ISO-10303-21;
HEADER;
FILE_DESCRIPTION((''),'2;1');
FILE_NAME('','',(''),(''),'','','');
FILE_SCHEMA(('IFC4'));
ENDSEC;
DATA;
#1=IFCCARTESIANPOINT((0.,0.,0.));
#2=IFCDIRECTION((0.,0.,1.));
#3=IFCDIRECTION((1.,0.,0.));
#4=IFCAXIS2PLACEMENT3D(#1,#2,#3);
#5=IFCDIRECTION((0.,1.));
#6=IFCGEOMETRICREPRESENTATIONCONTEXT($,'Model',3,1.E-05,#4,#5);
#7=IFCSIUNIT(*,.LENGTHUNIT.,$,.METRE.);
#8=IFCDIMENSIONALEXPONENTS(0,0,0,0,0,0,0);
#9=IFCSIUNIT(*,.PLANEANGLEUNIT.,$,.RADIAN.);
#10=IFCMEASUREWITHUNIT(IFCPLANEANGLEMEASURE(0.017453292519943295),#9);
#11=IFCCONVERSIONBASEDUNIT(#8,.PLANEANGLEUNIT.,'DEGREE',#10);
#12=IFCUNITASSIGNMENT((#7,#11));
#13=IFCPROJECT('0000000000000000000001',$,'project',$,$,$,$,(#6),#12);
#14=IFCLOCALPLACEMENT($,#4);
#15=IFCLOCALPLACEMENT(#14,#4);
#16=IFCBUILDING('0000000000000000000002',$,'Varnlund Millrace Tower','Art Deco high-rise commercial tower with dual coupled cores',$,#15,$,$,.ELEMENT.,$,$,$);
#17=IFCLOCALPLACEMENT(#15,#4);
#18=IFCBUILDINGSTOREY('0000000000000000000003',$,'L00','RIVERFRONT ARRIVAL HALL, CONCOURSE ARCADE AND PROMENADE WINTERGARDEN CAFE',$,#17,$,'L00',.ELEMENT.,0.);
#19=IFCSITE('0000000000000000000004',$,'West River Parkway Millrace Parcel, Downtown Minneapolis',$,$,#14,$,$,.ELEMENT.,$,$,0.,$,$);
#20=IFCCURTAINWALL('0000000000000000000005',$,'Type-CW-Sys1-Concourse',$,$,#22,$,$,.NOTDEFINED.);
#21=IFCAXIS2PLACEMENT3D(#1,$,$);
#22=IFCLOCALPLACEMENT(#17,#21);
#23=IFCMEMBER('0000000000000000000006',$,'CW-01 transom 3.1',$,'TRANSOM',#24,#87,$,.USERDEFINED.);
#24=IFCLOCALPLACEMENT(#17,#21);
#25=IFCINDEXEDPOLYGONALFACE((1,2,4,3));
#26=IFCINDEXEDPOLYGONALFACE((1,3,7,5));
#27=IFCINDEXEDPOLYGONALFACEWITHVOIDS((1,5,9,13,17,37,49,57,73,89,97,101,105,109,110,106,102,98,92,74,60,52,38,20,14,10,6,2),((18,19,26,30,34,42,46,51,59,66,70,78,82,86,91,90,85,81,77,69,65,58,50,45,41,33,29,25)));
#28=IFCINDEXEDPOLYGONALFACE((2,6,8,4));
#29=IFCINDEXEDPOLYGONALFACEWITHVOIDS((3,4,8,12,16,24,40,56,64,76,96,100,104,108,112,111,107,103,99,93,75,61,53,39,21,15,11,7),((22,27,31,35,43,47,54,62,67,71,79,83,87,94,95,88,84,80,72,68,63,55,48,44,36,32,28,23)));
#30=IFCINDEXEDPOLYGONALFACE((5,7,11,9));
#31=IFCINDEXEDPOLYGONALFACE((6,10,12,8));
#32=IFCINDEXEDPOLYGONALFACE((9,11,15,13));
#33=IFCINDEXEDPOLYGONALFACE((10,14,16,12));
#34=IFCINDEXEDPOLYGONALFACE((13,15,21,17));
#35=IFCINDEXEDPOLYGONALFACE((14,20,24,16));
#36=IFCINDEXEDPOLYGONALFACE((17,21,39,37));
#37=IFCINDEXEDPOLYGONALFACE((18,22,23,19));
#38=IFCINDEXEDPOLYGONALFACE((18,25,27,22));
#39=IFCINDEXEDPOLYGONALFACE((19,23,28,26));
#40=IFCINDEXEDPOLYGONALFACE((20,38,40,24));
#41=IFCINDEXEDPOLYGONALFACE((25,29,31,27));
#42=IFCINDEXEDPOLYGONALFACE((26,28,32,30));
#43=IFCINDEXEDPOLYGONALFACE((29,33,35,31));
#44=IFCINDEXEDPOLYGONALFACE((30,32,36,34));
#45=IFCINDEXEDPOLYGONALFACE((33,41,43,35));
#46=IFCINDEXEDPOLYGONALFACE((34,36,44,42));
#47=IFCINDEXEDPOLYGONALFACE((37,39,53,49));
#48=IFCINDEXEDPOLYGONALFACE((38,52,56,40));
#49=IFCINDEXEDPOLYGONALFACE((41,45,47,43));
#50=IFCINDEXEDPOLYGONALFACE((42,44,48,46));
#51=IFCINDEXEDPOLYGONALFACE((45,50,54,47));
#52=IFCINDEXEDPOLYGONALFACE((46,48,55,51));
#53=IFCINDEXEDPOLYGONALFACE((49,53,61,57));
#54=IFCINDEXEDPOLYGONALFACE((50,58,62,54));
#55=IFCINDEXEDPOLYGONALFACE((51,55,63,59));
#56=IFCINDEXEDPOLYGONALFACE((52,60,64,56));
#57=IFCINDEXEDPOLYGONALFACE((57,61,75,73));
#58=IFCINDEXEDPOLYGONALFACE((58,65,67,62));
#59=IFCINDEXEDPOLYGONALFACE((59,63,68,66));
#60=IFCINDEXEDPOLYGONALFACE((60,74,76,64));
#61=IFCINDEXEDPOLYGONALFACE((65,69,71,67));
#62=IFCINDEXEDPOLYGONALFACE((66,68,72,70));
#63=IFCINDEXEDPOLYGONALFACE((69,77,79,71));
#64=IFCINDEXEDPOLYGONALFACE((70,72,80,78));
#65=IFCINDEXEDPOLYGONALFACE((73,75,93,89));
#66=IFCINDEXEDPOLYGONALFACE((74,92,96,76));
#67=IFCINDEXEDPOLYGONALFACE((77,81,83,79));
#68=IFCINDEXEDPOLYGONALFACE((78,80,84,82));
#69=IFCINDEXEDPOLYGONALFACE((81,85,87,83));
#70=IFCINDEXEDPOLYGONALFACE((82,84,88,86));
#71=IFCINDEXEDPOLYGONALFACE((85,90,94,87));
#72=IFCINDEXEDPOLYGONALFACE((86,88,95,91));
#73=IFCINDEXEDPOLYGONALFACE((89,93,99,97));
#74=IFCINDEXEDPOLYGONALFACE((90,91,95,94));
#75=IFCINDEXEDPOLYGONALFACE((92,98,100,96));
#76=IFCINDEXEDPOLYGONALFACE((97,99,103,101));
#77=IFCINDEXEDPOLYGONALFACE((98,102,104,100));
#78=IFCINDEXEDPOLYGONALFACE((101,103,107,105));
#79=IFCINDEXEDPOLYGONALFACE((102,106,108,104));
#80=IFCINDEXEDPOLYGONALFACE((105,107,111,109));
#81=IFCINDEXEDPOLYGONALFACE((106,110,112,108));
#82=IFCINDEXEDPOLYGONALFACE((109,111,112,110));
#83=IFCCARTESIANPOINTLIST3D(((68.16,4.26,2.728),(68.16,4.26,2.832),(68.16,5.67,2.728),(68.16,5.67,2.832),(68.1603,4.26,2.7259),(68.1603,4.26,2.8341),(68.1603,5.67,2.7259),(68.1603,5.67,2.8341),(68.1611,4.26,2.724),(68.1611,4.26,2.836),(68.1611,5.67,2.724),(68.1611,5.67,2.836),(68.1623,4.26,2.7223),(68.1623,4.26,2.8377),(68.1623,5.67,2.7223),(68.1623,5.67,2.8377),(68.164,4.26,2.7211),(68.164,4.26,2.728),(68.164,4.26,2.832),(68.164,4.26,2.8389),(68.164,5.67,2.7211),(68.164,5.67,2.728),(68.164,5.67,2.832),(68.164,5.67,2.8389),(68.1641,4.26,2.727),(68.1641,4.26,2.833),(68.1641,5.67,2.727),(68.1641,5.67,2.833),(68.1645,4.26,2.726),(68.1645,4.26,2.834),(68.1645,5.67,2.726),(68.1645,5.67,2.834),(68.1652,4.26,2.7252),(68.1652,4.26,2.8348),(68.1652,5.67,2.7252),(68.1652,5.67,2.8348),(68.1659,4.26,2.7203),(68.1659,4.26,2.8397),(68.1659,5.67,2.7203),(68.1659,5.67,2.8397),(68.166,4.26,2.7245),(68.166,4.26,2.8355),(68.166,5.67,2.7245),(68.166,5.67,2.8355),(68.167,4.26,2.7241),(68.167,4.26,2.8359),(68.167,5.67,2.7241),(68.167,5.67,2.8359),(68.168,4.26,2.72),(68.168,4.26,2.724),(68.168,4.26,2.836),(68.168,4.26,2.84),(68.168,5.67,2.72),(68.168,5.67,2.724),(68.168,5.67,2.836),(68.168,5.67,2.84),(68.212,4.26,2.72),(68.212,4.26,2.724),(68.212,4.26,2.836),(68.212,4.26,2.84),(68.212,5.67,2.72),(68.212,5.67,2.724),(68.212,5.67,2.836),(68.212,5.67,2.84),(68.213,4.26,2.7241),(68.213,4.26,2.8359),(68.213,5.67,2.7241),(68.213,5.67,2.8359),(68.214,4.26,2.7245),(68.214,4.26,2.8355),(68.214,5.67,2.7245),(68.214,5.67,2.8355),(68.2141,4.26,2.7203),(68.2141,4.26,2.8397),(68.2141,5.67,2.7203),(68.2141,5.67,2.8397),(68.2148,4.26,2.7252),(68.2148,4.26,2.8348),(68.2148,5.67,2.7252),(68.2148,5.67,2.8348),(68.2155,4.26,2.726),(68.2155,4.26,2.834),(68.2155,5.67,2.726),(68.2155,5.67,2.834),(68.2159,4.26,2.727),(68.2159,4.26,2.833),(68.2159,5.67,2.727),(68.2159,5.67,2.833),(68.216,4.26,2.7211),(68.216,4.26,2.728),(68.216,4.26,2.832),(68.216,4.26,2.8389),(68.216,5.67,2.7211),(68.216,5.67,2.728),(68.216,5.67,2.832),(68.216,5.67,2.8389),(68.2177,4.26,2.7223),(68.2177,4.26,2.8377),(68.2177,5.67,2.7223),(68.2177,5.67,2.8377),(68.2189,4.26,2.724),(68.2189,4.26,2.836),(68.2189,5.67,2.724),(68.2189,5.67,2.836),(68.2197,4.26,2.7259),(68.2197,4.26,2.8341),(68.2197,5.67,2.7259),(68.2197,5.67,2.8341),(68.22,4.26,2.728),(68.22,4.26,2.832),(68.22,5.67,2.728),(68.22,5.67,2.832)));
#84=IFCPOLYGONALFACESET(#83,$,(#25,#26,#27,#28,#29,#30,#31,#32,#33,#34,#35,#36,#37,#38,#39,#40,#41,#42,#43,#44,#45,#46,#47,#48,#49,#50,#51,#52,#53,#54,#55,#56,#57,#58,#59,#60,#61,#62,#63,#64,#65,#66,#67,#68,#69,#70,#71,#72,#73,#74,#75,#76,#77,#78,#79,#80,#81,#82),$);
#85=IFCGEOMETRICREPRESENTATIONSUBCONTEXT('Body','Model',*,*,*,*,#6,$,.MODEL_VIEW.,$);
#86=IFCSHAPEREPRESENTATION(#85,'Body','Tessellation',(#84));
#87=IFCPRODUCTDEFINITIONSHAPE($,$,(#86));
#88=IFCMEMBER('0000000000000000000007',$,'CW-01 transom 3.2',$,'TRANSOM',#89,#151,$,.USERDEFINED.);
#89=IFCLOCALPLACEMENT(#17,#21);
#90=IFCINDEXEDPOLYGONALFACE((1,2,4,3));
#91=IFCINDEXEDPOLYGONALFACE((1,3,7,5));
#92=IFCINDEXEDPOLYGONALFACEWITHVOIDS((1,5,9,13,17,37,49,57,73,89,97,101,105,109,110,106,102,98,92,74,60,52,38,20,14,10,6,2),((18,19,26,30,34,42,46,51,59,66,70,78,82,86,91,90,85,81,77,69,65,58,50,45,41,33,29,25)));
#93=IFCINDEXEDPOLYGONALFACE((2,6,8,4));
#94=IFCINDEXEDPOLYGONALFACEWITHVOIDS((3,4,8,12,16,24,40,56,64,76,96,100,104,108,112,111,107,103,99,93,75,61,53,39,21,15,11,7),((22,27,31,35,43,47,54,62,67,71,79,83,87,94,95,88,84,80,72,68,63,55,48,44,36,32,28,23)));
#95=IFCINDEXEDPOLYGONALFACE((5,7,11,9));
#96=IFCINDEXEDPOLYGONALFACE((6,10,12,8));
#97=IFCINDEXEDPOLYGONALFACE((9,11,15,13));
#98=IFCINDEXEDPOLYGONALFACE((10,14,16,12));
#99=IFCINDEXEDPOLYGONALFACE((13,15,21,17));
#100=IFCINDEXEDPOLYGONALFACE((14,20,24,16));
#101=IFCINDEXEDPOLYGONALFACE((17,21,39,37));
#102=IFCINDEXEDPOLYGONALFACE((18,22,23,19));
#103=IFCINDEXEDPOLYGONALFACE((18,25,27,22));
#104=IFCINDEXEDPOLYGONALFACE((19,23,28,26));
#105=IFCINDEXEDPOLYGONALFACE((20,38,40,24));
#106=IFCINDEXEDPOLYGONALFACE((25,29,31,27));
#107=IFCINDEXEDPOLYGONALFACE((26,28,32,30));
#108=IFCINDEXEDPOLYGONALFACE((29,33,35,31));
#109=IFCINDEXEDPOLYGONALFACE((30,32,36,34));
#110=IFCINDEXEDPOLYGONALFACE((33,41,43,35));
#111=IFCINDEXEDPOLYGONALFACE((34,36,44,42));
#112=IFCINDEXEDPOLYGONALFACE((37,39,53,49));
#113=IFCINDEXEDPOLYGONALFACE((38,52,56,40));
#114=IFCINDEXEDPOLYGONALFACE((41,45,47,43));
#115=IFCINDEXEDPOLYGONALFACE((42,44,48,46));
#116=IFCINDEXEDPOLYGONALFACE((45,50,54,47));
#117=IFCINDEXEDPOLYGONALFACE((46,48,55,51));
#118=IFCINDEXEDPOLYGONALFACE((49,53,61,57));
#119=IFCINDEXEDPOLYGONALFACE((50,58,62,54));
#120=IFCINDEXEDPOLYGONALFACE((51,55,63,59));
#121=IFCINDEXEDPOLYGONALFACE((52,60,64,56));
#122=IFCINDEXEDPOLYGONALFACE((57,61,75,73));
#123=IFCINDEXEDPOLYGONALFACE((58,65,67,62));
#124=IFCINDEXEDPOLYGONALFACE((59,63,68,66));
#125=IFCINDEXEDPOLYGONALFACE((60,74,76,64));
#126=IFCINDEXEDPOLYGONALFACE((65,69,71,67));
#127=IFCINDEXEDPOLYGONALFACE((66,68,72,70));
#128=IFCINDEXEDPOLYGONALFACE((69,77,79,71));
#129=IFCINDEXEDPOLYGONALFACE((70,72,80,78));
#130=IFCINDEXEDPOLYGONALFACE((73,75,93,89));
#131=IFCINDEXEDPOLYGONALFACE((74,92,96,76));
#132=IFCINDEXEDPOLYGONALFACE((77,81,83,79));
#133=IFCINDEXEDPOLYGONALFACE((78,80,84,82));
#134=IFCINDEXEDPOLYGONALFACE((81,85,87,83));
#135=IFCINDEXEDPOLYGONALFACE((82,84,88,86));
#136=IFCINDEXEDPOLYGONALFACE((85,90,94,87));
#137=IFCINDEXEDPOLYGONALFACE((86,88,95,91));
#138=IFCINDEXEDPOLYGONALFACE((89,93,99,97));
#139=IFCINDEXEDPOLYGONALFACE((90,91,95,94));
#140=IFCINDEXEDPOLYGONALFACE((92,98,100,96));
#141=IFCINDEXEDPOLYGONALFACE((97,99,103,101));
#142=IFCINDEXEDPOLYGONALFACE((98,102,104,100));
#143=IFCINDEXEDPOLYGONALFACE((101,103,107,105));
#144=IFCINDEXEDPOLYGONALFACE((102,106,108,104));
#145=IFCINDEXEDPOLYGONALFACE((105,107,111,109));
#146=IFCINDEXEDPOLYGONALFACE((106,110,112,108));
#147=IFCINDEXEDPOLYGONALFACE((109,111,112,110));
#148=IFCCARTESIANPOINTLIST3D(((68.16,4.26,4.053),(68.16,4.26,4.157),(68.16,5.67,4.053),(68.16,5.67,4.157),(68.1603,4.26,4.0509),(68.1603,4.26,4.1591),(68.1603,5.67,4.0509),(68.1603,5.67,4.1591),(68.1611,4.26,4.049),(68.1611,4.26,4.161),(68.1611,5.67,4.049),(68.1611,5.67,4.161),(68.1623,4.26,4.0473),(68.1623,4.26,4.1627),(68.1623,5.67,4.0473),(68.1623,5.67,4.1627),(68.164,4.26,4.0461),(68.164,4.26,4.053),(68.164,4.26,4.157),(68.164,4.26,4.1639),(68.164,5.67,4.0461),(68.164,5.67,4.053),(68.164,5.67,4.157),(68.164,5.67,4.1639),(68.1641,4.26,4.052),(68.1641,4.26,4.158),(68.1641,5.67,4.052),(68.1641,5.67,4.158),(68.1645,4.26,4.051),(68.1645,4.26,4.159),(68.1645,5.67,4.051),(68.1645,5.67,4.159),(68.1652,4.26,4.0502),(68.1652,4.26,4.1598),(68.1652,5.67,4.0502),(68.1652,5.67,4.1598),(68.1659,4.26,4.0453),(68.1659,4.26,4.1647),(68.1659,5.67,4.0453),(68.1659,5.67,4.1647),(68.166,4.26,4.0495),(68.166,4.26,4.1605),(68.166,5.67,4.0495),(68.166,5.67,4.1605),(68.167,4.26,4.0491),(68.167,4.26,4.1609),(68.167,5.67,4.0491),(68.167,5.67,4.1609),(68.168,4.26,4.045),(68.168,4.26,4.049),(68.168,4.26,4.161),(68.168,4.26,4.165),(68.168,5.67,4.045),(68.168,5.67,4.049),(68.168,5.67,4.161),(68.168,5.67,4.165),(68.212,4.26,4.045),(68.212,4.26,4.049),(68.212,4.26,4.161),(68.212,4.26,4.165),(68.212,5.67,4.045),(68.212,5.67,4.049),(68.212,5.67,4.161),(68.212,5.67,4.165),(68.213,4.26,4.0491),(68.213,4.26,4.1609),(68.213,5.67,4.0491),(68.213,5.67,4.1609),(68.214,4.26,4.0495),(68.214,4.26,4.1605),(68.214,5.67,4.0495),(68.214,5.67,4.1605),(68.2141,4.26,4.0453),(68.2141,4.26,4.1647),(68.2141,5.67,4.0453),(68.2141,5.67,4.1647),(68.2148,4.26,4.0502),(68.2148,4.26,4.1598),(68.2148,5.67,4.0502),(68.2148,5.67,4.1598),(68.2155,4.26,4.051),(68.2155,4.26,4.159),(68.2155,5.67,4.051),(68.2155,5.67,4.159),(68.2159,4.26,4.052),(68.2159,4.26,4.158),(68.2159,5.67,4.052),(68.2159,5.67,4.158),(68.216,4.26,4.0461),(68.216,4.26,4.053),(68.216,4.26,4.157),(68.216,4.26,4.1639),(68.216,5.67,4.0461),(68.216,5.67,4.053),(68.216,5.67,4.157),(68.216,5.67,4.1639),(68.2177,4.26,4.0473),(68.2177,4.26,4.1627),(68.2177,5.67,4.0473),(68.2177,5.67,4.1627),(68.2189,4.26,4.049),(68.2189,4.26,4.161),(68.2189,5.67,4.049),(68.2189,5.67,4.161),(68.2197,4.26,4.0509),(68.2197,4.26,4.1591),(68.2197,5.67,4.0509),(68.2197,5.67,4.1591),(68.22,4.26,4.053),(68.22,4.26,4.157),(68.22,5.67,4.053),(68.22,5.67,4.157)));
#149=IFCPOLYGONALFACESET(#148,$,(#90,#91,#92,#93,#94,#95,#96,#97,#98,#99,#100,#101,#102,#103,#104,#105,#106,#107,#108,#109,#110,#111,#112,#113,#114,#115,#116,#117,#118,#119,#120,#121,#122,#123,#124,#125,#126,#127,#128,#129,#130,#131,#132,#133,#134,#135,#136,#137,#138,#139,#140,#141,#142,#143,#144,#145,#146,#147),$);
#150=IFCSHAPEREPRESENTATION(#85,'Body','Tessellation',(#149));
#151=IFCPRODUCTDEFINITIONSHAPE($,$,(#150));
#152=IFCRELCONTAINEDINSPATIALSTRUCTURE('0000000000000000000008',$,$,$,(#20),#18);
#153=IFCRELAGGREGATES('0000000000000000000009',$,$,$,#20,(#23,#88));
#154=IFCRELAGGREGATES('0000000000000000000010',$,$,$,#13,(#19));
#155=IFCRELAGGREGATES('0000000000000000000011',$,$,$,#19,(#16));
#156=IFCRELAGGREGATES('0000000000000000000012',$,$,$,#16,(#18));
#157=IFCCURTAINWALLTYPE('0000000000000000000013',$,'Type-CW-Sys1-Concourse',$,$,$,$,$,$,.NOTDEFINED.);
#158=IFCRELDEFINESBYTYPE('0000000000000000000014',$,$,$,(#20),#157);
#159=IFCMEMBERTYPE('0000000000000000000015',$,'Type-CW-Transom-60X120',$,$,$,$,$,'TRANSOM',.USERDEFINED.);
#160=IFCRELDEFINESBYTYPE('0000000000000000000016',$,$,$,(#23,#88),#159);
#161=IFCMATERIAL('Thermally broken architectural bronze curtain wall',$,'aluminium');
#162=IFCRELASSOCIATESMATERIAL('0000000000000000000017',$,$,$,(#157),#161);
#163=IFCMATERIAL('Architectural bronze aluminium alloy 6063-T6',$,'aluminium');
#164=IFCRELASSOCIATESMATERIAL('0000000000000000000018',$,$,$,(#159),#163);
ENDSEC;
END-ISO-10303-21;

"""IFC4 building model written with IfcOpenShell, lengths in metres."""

from ifc_helpers import new_model, entity, si_unit, converted_unit, direction, frame, origin_with_axes, origin_2d_with_axis, place, context, subcontext, project, spatial, hollow_rectangle, extrude, material, material_profile, profile_set, type_object, element, aggregate, save


model = new_model("IFC4")

# Units and contexts
model_context = context("Model", 3, precision=1e-05, world=origin_with_axes(), true_north=direction((0.0, 1.0)))
body_context = subcontext(model_context, "Body", "Model", "MODEL_VIEW")
ifc_project = project(units=[si_unit("LENGTHUNIT", "METRE"), converted_unit("PLANEANGLEUNIT", "DEGREE", entity("IfcPlaneAngleMeasure", 0.017453292519943295), si_unit("PLANEANGLEUNIT", "RADIAN"), dimensions=[0, 0, 0, 0, 0, 0, 0])], contexts=[model_context])

# Site, building, storey
site_placement = place(None, origin_with_axes())
site = spatial("IfcSite", under=ifc_project, at=site_placement, Name="West River Parkway Millrace Parcel, Downtown Minneapolis", CompositionType="ELEMENT", RefElevation=0.0)
building_placement = place(site_placement, origin_with_axes())
building = spatial("IfcBuilding", under=site, at=building_placement, Name="Varnlund Millrace Tower", Description="Art Deco high-rise commercial tower with dual coupled cores", CompositionType="ELEMENT")
storey_placement = place(building_placement, origin_with_axes())
storey = spatial("IfcBuildingStorey", under=building, at=storey_placement, Name="L00", Description="RIVERFRONT ARRIVAL HALL, CONCOURSE ARCADE AND PROMENADE WINTERGARDEN CAFE", LongName="L00", CompositionType="ELEMENT", Elevation=0.0)

# Curtain wall, members
ifc_material_1 = material(Name="Thermally broken architectural bronze curtain wall", Category="aluminium")
curtain_wall_type = type_object("IfcCurtainWallType", Name="Type-CW-Sys1-Concourse", PredefinedType="NOTDEFINED", material=ifc_material_1)
curtain_wall_placement = place(storey_placement, frame((68.19, 8.7, 2.75), z_axis=(0.0, 0.0, 1.0), x_axis=(1.0, 0.0, 0.0)))
curtain_wall = element("IfcCurtainWall", 1, at=curtain_wall_placement, inside=storey, type_object=curtain_wall_type, Name="Type-CW-Sys1-Concourse", PredefinedType="NOTDEFINED")
ifc_material_2 = material(Name="Architectural bronze aluminium alloy 6063-T6", Category="aluminium")
ifc_material_profile_1 = material_profile(ifc_material_2, hollow_rectangle(XDim=0.06, YDim=0.12, WallThickness=0.004, InnerFilletRadius=0.004, OuterFilletRadius=0.008, at=origin_2d_with_axis()), Name="Architectural bronze aluminium alloy 6063-T6")
ifc_profile_set_1 = profile_set([ifc_material_profile_1], Name="Architectural bronze aluminium alloy 6063-T6")
member_type_1 = type_object("IfcMemberType", Name="Type-CW-Transom-60X120", ElementType="TRANSOM", PredefinedType="USERDEFINED", material=ifc_profile_set_1)
member_1_placement = place(storey_placement, frame((68.19, 5.67, 2.78), z_axis=(0.0, -1.0, 0.0), x_axis=(1.0, 0.0, 0.0)))
member_1 = element("IfcMember", 2, at=member_1_placement, type_object=member_type_1, Name="CW-01 transom 3.1", ObjectType="TRANSOM", PredefinedType="USERDEFINED", context=body_context, shape_type="SweptSolid", body=[
    extrude(hollow_rectangle(XDim=0.06, YDim=0.12, WallThickness=0.004, InnerFilletRadius=0.004, OuterFilletRadius=0.008, at=origin_2d_with_axis()), origin_with_axes(), (0.0, 0.0, 1.0), 1.41),
])
member_2_placement = place(storey_placement, frame((68.19, 5.67, 4.105), z_axis=(0.0, -1.0, 0.0), x_axis=(1.0, 0.0, 0.0)))
member_2 = element("IfcMember", 3, at=member_2_placement, type_object=member_type_1, Name="CW-01 transom 3.2", ObjectType="TRANSOM", PredefinedType="USERDEFINED", context=body_context, shape_type="SweptSolid", body=[
    extrude(hollow_rectangle(XDim=0.06, YDim=0.12, WallThickness=0.004, InnerFilletRadius=0.004, OuterFilletRadius=0.008, at=origin_2d_with_axis()), origin_with_axes(), (0.0, 0.0, 1.0), 1.41),
])

aggregate(curtain_wall, [member_1, member_2])

save(model, "model.ifc")
